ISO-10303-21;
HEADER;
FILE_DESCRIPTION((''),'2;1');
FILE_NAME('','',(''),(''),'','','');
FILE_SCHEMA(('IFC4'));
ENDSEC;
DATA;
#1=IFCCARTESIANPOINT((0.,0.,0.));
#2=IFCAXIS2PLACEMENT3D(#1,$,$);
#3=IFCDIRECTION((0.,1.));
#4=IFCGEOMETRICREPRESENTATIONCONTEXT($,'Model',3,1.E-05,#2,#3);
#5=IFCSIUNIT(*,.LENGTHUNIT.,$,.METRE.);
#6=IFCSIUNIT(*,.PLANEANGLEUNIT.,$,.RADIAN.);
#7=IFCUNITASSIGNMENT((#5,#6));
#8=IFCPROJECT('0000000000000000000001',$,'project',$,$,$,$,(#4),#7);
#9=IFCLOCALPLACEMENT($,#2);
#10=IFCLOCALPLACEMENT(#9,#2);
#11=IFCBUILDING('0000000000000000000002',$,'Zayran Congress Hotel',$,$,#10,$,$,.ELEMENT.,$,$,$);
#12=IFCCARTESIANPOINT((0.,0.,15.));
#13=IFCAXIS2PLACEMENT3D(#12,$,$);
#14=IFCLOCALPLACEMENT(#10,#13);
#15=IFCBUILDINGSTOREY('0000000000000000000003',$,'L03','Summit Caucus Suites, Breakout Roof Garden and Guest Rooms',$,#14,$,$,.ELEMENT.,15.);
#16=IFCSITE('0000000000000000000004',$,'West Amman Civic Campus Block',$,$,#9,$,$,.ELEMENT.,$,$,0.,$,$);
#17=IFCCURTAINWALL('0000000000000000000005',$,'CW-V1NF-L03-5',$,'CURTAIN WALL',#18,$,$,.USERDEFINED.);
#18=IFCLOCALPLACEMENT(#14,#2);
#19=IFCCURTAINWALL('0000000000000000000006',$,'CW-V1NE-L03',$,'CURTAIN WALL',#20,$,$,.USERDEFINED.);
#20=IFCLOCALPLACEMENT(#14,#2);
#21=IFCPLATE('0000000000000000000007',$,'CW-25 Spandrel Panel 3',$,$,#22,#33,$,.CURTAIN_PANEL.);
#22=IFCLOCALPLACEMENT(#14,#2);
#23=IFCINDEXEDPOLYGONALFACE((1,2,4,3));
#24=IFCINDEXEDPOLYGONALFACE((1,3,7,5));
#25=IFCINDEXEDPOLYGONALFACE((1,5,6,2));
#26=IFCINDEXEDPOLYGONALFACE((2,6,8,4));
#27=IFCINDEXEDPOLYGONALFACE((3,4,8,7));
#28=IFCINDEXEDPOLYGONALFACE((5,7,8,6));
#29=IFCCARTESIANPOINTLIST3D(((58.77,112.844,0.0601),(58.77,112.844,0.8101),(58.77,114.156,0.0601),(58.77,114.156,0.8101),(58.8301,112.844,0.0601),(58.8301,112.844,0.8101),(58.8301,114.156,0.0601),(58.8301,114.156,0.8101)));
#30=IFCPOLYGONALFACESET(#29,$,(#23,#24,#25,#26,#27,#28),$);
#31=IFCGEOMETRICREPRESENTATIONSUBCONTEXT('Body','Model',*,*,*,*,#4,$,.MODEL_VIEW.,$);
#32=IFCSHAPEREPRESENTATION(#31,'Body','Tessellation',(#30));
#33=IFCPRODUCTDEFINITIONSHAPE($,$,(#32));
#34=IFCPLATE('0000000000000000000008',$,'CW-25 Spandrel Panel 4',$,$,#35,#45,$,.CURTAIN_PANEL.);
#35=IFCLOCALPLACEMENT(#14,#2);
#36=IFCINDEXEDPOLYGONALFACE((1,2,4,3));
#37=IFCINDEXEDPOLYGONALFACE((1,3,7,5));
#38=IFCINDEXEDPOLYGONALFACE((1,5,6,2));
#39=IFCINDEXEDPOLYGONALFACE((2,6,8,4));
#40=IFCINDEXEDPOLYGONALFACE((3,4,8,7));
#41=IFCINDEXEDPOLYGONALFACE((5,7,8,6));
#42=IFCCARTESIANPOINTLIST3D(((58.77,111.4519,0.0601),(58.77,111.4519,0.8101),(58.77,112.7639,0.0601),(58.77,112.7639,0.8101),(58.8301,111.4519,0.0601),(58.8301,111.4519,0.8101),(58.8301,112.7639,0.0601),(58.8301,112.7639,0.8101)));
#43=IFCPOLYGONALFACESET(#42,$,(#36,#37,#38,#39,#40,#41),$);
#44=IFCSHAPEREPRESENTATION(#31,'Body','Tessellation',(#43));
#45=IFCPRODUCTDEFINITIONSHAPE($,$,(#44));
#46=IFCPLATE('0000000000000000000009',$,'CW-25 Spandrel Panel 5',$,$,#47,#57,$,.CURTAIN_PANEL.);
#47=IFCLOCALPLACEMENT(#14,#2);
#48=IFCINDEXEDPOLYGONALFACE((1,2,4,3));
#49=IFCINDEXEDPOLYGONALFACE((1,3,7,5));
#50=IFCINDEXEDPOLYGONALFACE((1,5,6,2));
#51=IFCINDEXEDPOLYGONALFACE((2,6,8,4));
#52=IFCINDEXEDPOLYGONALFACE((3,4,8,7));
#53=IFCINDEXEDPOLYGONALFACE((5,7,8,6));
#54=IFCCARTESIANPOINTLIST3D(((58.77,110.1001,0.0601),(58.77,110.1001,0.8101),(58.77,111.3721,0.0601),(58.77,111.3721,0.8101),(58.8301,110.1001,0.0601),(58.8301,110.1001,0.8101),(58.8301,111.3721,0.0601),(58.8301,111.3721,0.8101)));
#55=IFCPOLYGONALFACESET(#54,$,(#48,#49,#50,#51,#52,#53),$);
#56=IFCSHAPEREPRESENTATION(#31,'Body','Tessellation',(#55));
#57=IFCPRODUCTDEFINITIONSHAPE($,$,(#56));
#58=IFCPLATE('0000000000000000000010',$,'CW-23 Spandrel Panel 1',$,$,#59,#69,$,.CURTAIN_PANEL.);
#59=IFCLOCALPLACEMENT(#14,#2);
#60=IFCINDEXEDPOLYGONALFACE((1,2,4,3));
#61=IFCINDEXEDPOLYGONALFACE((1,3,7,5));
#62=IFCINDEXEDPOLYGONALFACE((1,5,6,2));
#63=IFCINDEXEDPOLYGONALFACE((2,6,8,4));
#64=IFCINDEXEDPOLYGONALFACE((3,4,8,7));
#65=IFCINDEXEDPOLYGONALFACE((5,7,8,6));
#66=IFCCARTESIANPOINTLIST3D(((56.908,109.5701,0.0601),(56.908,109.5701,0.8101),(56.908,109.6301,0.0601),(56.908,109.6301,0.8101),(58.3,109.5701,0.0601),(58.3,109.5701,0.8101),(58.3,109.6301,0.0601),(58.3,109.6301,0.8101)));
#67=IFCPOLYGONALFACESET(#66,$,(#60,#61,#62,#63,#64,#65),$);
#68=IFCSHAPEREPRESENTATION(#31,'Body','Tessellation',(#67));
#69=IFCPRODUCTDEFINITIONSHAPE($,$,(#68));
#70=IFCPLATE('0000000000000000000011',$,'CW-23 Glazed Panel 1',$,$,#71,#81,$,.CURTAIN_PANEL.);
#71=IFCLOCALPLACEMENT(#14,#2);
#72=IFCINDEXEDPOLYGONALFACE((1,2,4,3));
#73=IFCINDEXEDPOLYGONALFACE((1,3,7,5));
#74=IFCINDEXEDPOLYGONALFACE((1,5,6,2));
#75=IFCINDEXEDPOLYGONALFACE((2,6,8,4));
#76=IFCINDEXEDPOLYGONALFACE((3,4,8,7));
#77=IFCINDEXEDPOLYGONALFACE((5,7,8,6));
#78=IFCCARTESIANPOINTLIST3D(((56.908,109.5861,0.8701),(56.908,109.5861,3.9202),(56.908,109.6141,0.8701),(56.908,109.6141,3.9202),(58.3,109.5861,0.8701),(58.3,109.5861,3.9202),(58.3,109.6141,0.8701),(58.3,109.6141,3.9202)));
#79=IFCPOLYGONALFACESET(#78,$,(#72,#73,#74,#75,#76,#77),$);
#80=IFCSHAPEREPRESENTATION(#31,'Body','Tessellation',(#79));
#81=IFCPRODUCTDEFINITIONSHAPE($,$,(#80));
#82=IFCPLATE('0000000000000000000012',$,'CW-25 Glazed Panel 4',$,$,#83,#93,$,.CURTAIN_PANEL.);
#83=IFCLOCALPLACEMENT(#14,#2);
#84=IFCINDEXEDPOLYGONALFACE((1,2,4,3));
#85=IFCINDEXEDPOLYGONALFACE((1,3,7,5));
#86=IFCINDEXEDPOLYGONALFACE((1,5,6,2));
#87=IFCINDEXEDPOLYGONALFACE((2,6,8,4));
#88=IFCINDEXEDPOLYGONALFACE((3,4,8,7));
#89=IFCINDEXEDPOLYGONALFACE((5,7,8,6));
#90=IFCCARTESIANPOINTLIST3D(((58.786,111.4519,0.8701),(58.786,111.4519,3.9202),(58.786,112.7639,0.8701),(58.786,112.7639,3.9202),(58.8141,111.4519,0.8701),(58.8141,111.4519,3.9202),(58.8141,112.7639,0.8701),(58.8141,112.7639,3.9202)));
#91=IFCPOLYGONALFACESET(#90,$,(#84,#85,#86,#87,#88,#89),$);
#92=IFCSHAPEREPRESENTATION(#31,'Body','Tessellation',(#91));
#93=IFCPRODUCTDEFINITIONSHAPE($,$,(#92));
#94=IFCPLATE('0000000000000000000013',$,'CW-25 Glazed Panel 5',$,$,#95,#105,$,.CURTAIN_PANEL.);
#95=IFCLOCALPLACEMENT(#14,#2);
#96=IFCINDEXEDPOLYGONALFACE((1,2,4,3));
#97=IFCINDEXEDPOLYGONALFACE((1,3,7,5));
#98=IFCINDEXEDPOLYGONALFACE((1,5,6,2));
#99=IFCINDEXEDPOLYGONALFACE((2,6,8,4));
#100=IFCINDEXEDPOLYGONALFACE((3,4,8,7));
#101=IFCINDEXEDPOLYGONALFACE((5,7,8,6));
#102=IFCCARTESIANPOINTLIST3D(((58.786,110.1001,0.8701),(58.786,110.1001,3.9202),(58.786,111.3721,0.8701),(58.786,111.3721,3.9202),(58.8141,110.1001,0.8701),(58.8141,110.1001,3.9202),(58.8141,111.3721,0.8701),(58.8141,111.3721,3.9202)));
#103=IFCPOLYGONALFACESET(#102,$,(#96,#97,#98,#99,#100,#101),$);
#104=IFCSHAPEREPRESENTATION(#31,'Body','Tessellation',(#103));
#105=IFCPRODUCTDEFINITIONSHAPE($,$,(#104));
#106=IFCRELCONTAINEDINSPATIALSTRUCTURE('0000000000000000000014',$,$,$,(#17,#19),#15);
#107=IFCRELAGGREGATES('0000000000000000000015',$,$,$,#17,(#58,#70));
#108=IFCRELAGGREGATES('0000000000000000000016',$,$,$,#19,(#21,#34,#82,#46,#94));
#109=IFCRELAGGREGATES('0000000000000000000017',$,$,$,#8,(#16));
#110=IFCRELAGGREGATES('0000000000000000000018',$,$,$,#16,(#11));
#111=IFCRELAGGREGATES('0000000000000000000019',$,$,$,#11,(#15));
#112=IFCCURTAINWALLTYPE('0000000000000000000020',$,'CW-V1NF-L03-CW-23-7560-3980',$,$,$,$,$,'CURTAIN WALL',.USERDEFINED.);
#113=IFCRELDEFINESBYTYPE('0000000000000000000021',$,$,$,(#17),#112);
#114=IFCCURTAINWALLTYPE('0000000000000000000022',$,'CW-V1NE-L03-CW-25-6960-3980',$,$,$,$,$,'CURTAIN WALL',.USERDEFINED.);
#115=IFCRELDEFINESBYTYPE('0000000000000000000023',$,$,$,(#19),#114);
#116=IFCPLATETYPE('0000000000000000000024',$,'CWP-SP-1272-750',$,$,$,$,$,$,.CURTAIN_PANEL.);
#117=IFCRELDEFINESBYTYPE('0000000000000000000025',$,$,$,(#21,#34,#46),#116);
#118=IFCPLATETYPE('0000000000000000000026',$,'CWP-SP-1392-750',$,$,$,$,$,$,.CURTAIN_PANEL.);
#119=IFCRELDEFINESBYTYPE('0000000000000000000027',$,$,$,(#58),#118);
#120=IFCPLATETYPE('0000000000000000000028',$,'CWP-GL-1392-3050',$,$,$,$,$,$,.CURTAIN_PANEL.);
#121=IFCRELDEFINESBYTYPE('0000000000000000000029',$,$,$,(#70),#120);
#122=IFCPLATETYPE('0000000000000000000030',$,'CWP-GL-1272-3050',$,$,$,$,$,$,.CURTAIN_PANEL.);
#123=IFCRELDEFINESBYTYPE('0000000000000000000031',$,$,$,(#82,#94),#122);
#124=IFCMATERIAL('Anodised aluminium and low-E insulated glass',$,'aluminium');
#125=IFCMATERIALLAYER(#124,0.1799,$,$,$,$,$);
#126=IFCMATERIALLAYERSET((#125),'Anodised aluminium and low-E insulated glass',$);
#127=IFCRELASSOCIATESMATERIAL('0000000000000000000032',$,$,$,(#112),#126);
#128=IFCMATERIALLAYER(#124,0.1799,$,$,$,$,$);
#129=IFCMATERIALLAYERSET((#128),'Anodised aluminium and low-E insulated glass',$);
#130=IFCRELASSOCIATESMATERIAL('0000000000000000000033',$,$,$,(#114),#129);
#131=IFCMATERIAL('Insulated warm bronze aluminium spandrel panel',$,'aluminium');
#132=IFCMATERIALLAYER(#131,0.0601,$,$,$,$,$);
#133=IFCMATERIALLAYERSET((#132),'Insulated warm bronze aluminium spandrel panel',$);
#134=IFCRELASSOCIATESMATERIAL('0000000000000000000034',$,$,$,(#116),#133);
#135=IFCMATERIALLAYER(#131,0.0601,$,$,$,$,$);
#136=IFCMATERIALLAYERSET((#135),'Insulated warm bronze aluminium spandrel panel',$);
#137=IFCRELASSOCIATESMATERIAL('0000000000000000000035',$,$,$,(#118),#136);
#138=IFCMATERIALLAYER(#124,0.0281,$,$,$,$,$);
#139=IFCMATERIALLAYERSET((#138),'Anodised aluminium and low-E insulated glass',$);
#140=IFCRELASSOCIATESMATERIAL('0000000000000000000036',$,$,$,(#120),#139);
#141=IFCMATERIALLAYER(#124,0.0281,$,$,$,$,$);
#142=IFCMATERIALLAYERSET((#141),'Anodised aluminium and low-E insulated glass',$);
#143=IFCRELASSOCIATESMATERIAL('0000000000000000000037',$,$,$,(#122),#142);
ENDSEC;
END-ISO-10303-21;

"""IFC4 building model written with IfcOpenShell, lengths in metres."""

from ifc_helpers import new_model, si_unit, direction, frame, origin, origin_2d, place, context, subcontext, project, spatial, rectangle, extrude, material, layer, layer_set, type_object, element, aggregate, save


model = new_model("IFC4")

# Units and contexts
model_context = context("Model", 3, precision=1e-05, world=origin(), true_north=direction((0.0, 1.0)))
body_context = subcontext(model_context, "Body", "Model", "MODEL_VIEW")
ifc_project = project(units=[si_unit("LENGTHUNIT", "METRE"), si_unit("PLANEANGLEUNIT", "RADIAN")], contexts=[model_context])

# Site, building, storey
site_placement = place(None, origin())
site = spatial("IfcSite", under=ifc_project, at=site_placement, Name="West Amman Civic Campus Block", CompositionType="ELEMENT", RefElevation=0.0)
building_placement = place(site_placement, origin())
building = spatial("IfcBuilding", under=site, at=building_placement, Name="Zayran Congress Hotel", CompositionType="ELEMENT")
storey_placement = place(building_placement, frame((0.0, 0.0, 15.0)))
storey = spatial("IfcBuildingStorey", under=building, at=storey_placement, Name="L03", Description="Summit Caucus Suites, Breakout Roof Garden and Guest Rooms", CompositionType="ELEMENT", Elevation=15.0)

# Curtain wall
ifc_material_1 = material(Name="Anodised aluminium and low-E insulated glass", Category="aluminium")
ifc_layer_1 = layer(ifc_material_1, 0.1799)
ifc_layer_set_1 = layer_set([ifc_layer_1], Name="Anodised aluminium and low-E insulated glass")
curtain_wall_type_1 = type_object("IfcCurtainWallType", Name="CW-V1NF-L03-CW-23-7560-3980", ElementType="CURTAIN WALL", PredefinedType="USERDEFINED", material=ifc_layer_set_1)
curtain_wall_1_placement = place(storey_placement, origin())
curtain_wall_1 = element("IfcCurtainWall", 1, at=curtain_wall_1_placement, inside=storey, type_object=curtain_wall_type_1, Name="CW-V1NF-L03-5", ObjectType="CURTAIN WALL", PredefinedType="USERDEFINED")

# Curtain wall
ifc_layer_2 = layer(ifc_material_1, 0.1799)
ifc_layer_set_2 = layer_set([ifc_layer_2], Name="Anodised aluminium and low-E insulated glass")
curtain_wall_type_2 = type_object("IfcCurtainWallType", Name="CW-V1NE-L03-CW-25-6960-3980", ElementType="CURTAIN WALL", PredefinedType="USERDEFINED", material=ifc_layer_set_2)
curtain_wall_2_placement = place(storey_placement, origin())
curtain_wall_2 = element("IfcCurtainWall", 2, at=curtain_wall_2_placement, inside=storey, type_object=curtain_wall_type_2, Name="CW-V1NE-L03", ObjectType="CURTAIN WALL", PredefinedType="USERDEFINED")

# Plates
ifc_material_2 = material(Name="Insulated warm bronze aluminium spandrel panel", Category="aluminium")
ifc_layer_3 = layer(ifc_material_2, 0.0601)
ifc_layer_set_3 = layer_set([ifc_layer_3], Name="Insulated warm bronze aluminium spandrel panel")
plate_type_1 = type_object("IfcPlateType", Name="CWP-SP-1272-750", PredefinedType="CURTAIN_PANEL", material=ifc_layer_set_3)
plate_1_placement = place(storey_placement, frame((58.8, 113.5, 0.0601), z_axis=(0.0, 0.0, 1.0), x_axis=(0.0, 1.0, 0.0)))
plate_1 = element("IfcPlate", 3, at=plate_1_placement, type_object=plate_type_1, Name="CW-25 Spandrel Panel 3", PredefinedType="CURTAIN_PANEL", context=body_context, shape_type="SweptSolid", body=[
    extrude(rectangle(XDim=1.312, YDim=0.0601, at=origin_2d()), origin(), (0.0, 0.0, 1.0), 0.75),
])
plate_2_placement = place(storey_placement, frame((58.8, 112.1079, 0.0601), z_axis=(0.0, 0.0, 1.0), x_axis=(0.0, 1.0, 0.0)))
plate_2 = element("IfcPlate", 4, at=plate_2_placement, type_object=plate_type_1, Name="CW-25 Spandrel Panel 4", PredefinedType="CURTAIN_PANEL", context=body_context, shape_type="SweptSolid", body=[
    extrude(rectangle(XDim=1.312, YDim=0.0601, at=origin_2d()), origin(), (0.0, 0.0, 1.0), 0.75),
])
plate_3_placement = place(storey_placement, frame((58.8, 110.7361, 0.0601), z_axis=(0.0, 0.0, 1.0), x_axis=(0.0, 1.0, 0.0)))
plate_3 = element("IfcPlate", 5, at=plate_3_placement, type_object=plate_type_1, Name="CW-25 Spandrel Panel 5", PredefinedType="CURTAIN_PANEL", context=body_context, shape_type="SweptSolid", body=[
    extrude(rectangle(XDim=1.272, YDim=0.0601, at=origin_2d()), origin(), (0.0, 0.0, 1.0), 0.75),
])
ifc_layer_4 = layer(ifc_material_2, 0.0601)
ifc_layer_set_4 = layer_set([ifc_layer_4], Name="Insulated warm bronze aluminium spandrel panel")
plate_type_2 = type_object("IfcPlateType", Name="CWP-SP-1392-750", PredefinedType="CURTAIN_PANEL", material=ifc_layer_set_4)
plate_4_placement = place(storey_placement, frame((57.604, 109.6001, 0.0601), z_axis=(0.0, 0.0, 1.0), x_axis=(1.0, 0.0, 0.0)))
plate_4 = element("IfcPlate", 6, at=plate_4_placement, type_object=plate_type_2, Name="CW-23 Spandrel Panel 1", PredefinedType="CURTAIN_PANEL", context=body_context, shape_type="SweptSolid", body=[
    extrude(rectangle(XDim=1.3921, YDim=0.0601, at=origin_2d()), origin(), (0.0, 0.0, 1.0), 0.75),
])
ifc_layer_5 = layer(ifc_material_1, 0.0281)
ifc_layer_set_5 = layer_set([ifc_layer_5], Name="Anodised aluminium and low-E insulated glass")
plate_type_3 = type_object("IfcPlateType", Name="CWP-GL-1392-3050", PredefinedType="CURTAIN_PANEL", material=ifc_layer_set_5)
plate_5_placement = place(storey_placement, frame((57.604, 109.6001, 0.8701), z_axis=(0.0, 0.0, 1.0), x_axis=(1.0, 0.0, 0.0)))
plate_5 = element("IfcPlate", 7, at=plate_5_placement, type_object=plate_type_3, Name="CW-23 Glazed Panel 1", PredefinedType="CURTAIN_PANEL", context=body_context, shape_type="SweptSolid", body=[
    extrude(rectangle(XDim=1.3921, YDim=0.0281, at=origin_2d()), origin(), (0.0, 0.0, 1.0), 3.05),
])
aggregate(curtain_wall_1, [plate_4, plate_5])
ifc_layer_6 = layer(ifc_material_1, 0.0281)
ifc_layer_set_6 = layer_set([ifc_layer_6], Name="Anodised aluminium and low-E insulated glass")
plate_type_4 = type_object("IfcPlateType", Name="CWP-GL-1272-3050", PredefinedType="CURTAIN_PANEL", material=ifc_layer_set_6)
plate_6_placement = place(storey_placement, frame((58.8, 112.1079, 0.8701), z_axis=(0.0, 0.0, 1.0), x_axis=(0.0, 1.0, 0.0)))
plate_6 = element("IfcPlate", 8, at=plate_6_placement, type_object=plate_type_4, Name="CW-25 Glazed Panel 4", PredefinedType="CURTAIN_PANEL", context=body_context, shape_type="SweptSolid", body=[
    extrude(rectangle(XDim=1.312, YDim=0.0281, at=origin_2d()), origin(), (0.0, 0.0, 1.0), 3.05),
])
plate_7_placement = place(storey_placement, frame((58.8, 110.7361, 0.8701), z_axis=(0.0, 0.0, 1.0), x_axis=(0.0, 1.0, 0.0)))
plate_7 = element("IfcPlate", 9, at=plate_7_placement, type_object=plate_type_4, Name="CW-25 Glazed Panel 5", PredefinedType="CURTAIN_PANEL", context=body_context, shape_type="SweptSolid", body=[
    extrude(rectangle(XDim=1.272, YDim=0.0281, at=origin_2d()), origin(), (0.0, 0.0, 1.0), 3.05),
])
aggregate(curtain_wall_2, [plate_1, plate_2, plate_6, plate_3, plate_7])

save(model, "model.ifc")
